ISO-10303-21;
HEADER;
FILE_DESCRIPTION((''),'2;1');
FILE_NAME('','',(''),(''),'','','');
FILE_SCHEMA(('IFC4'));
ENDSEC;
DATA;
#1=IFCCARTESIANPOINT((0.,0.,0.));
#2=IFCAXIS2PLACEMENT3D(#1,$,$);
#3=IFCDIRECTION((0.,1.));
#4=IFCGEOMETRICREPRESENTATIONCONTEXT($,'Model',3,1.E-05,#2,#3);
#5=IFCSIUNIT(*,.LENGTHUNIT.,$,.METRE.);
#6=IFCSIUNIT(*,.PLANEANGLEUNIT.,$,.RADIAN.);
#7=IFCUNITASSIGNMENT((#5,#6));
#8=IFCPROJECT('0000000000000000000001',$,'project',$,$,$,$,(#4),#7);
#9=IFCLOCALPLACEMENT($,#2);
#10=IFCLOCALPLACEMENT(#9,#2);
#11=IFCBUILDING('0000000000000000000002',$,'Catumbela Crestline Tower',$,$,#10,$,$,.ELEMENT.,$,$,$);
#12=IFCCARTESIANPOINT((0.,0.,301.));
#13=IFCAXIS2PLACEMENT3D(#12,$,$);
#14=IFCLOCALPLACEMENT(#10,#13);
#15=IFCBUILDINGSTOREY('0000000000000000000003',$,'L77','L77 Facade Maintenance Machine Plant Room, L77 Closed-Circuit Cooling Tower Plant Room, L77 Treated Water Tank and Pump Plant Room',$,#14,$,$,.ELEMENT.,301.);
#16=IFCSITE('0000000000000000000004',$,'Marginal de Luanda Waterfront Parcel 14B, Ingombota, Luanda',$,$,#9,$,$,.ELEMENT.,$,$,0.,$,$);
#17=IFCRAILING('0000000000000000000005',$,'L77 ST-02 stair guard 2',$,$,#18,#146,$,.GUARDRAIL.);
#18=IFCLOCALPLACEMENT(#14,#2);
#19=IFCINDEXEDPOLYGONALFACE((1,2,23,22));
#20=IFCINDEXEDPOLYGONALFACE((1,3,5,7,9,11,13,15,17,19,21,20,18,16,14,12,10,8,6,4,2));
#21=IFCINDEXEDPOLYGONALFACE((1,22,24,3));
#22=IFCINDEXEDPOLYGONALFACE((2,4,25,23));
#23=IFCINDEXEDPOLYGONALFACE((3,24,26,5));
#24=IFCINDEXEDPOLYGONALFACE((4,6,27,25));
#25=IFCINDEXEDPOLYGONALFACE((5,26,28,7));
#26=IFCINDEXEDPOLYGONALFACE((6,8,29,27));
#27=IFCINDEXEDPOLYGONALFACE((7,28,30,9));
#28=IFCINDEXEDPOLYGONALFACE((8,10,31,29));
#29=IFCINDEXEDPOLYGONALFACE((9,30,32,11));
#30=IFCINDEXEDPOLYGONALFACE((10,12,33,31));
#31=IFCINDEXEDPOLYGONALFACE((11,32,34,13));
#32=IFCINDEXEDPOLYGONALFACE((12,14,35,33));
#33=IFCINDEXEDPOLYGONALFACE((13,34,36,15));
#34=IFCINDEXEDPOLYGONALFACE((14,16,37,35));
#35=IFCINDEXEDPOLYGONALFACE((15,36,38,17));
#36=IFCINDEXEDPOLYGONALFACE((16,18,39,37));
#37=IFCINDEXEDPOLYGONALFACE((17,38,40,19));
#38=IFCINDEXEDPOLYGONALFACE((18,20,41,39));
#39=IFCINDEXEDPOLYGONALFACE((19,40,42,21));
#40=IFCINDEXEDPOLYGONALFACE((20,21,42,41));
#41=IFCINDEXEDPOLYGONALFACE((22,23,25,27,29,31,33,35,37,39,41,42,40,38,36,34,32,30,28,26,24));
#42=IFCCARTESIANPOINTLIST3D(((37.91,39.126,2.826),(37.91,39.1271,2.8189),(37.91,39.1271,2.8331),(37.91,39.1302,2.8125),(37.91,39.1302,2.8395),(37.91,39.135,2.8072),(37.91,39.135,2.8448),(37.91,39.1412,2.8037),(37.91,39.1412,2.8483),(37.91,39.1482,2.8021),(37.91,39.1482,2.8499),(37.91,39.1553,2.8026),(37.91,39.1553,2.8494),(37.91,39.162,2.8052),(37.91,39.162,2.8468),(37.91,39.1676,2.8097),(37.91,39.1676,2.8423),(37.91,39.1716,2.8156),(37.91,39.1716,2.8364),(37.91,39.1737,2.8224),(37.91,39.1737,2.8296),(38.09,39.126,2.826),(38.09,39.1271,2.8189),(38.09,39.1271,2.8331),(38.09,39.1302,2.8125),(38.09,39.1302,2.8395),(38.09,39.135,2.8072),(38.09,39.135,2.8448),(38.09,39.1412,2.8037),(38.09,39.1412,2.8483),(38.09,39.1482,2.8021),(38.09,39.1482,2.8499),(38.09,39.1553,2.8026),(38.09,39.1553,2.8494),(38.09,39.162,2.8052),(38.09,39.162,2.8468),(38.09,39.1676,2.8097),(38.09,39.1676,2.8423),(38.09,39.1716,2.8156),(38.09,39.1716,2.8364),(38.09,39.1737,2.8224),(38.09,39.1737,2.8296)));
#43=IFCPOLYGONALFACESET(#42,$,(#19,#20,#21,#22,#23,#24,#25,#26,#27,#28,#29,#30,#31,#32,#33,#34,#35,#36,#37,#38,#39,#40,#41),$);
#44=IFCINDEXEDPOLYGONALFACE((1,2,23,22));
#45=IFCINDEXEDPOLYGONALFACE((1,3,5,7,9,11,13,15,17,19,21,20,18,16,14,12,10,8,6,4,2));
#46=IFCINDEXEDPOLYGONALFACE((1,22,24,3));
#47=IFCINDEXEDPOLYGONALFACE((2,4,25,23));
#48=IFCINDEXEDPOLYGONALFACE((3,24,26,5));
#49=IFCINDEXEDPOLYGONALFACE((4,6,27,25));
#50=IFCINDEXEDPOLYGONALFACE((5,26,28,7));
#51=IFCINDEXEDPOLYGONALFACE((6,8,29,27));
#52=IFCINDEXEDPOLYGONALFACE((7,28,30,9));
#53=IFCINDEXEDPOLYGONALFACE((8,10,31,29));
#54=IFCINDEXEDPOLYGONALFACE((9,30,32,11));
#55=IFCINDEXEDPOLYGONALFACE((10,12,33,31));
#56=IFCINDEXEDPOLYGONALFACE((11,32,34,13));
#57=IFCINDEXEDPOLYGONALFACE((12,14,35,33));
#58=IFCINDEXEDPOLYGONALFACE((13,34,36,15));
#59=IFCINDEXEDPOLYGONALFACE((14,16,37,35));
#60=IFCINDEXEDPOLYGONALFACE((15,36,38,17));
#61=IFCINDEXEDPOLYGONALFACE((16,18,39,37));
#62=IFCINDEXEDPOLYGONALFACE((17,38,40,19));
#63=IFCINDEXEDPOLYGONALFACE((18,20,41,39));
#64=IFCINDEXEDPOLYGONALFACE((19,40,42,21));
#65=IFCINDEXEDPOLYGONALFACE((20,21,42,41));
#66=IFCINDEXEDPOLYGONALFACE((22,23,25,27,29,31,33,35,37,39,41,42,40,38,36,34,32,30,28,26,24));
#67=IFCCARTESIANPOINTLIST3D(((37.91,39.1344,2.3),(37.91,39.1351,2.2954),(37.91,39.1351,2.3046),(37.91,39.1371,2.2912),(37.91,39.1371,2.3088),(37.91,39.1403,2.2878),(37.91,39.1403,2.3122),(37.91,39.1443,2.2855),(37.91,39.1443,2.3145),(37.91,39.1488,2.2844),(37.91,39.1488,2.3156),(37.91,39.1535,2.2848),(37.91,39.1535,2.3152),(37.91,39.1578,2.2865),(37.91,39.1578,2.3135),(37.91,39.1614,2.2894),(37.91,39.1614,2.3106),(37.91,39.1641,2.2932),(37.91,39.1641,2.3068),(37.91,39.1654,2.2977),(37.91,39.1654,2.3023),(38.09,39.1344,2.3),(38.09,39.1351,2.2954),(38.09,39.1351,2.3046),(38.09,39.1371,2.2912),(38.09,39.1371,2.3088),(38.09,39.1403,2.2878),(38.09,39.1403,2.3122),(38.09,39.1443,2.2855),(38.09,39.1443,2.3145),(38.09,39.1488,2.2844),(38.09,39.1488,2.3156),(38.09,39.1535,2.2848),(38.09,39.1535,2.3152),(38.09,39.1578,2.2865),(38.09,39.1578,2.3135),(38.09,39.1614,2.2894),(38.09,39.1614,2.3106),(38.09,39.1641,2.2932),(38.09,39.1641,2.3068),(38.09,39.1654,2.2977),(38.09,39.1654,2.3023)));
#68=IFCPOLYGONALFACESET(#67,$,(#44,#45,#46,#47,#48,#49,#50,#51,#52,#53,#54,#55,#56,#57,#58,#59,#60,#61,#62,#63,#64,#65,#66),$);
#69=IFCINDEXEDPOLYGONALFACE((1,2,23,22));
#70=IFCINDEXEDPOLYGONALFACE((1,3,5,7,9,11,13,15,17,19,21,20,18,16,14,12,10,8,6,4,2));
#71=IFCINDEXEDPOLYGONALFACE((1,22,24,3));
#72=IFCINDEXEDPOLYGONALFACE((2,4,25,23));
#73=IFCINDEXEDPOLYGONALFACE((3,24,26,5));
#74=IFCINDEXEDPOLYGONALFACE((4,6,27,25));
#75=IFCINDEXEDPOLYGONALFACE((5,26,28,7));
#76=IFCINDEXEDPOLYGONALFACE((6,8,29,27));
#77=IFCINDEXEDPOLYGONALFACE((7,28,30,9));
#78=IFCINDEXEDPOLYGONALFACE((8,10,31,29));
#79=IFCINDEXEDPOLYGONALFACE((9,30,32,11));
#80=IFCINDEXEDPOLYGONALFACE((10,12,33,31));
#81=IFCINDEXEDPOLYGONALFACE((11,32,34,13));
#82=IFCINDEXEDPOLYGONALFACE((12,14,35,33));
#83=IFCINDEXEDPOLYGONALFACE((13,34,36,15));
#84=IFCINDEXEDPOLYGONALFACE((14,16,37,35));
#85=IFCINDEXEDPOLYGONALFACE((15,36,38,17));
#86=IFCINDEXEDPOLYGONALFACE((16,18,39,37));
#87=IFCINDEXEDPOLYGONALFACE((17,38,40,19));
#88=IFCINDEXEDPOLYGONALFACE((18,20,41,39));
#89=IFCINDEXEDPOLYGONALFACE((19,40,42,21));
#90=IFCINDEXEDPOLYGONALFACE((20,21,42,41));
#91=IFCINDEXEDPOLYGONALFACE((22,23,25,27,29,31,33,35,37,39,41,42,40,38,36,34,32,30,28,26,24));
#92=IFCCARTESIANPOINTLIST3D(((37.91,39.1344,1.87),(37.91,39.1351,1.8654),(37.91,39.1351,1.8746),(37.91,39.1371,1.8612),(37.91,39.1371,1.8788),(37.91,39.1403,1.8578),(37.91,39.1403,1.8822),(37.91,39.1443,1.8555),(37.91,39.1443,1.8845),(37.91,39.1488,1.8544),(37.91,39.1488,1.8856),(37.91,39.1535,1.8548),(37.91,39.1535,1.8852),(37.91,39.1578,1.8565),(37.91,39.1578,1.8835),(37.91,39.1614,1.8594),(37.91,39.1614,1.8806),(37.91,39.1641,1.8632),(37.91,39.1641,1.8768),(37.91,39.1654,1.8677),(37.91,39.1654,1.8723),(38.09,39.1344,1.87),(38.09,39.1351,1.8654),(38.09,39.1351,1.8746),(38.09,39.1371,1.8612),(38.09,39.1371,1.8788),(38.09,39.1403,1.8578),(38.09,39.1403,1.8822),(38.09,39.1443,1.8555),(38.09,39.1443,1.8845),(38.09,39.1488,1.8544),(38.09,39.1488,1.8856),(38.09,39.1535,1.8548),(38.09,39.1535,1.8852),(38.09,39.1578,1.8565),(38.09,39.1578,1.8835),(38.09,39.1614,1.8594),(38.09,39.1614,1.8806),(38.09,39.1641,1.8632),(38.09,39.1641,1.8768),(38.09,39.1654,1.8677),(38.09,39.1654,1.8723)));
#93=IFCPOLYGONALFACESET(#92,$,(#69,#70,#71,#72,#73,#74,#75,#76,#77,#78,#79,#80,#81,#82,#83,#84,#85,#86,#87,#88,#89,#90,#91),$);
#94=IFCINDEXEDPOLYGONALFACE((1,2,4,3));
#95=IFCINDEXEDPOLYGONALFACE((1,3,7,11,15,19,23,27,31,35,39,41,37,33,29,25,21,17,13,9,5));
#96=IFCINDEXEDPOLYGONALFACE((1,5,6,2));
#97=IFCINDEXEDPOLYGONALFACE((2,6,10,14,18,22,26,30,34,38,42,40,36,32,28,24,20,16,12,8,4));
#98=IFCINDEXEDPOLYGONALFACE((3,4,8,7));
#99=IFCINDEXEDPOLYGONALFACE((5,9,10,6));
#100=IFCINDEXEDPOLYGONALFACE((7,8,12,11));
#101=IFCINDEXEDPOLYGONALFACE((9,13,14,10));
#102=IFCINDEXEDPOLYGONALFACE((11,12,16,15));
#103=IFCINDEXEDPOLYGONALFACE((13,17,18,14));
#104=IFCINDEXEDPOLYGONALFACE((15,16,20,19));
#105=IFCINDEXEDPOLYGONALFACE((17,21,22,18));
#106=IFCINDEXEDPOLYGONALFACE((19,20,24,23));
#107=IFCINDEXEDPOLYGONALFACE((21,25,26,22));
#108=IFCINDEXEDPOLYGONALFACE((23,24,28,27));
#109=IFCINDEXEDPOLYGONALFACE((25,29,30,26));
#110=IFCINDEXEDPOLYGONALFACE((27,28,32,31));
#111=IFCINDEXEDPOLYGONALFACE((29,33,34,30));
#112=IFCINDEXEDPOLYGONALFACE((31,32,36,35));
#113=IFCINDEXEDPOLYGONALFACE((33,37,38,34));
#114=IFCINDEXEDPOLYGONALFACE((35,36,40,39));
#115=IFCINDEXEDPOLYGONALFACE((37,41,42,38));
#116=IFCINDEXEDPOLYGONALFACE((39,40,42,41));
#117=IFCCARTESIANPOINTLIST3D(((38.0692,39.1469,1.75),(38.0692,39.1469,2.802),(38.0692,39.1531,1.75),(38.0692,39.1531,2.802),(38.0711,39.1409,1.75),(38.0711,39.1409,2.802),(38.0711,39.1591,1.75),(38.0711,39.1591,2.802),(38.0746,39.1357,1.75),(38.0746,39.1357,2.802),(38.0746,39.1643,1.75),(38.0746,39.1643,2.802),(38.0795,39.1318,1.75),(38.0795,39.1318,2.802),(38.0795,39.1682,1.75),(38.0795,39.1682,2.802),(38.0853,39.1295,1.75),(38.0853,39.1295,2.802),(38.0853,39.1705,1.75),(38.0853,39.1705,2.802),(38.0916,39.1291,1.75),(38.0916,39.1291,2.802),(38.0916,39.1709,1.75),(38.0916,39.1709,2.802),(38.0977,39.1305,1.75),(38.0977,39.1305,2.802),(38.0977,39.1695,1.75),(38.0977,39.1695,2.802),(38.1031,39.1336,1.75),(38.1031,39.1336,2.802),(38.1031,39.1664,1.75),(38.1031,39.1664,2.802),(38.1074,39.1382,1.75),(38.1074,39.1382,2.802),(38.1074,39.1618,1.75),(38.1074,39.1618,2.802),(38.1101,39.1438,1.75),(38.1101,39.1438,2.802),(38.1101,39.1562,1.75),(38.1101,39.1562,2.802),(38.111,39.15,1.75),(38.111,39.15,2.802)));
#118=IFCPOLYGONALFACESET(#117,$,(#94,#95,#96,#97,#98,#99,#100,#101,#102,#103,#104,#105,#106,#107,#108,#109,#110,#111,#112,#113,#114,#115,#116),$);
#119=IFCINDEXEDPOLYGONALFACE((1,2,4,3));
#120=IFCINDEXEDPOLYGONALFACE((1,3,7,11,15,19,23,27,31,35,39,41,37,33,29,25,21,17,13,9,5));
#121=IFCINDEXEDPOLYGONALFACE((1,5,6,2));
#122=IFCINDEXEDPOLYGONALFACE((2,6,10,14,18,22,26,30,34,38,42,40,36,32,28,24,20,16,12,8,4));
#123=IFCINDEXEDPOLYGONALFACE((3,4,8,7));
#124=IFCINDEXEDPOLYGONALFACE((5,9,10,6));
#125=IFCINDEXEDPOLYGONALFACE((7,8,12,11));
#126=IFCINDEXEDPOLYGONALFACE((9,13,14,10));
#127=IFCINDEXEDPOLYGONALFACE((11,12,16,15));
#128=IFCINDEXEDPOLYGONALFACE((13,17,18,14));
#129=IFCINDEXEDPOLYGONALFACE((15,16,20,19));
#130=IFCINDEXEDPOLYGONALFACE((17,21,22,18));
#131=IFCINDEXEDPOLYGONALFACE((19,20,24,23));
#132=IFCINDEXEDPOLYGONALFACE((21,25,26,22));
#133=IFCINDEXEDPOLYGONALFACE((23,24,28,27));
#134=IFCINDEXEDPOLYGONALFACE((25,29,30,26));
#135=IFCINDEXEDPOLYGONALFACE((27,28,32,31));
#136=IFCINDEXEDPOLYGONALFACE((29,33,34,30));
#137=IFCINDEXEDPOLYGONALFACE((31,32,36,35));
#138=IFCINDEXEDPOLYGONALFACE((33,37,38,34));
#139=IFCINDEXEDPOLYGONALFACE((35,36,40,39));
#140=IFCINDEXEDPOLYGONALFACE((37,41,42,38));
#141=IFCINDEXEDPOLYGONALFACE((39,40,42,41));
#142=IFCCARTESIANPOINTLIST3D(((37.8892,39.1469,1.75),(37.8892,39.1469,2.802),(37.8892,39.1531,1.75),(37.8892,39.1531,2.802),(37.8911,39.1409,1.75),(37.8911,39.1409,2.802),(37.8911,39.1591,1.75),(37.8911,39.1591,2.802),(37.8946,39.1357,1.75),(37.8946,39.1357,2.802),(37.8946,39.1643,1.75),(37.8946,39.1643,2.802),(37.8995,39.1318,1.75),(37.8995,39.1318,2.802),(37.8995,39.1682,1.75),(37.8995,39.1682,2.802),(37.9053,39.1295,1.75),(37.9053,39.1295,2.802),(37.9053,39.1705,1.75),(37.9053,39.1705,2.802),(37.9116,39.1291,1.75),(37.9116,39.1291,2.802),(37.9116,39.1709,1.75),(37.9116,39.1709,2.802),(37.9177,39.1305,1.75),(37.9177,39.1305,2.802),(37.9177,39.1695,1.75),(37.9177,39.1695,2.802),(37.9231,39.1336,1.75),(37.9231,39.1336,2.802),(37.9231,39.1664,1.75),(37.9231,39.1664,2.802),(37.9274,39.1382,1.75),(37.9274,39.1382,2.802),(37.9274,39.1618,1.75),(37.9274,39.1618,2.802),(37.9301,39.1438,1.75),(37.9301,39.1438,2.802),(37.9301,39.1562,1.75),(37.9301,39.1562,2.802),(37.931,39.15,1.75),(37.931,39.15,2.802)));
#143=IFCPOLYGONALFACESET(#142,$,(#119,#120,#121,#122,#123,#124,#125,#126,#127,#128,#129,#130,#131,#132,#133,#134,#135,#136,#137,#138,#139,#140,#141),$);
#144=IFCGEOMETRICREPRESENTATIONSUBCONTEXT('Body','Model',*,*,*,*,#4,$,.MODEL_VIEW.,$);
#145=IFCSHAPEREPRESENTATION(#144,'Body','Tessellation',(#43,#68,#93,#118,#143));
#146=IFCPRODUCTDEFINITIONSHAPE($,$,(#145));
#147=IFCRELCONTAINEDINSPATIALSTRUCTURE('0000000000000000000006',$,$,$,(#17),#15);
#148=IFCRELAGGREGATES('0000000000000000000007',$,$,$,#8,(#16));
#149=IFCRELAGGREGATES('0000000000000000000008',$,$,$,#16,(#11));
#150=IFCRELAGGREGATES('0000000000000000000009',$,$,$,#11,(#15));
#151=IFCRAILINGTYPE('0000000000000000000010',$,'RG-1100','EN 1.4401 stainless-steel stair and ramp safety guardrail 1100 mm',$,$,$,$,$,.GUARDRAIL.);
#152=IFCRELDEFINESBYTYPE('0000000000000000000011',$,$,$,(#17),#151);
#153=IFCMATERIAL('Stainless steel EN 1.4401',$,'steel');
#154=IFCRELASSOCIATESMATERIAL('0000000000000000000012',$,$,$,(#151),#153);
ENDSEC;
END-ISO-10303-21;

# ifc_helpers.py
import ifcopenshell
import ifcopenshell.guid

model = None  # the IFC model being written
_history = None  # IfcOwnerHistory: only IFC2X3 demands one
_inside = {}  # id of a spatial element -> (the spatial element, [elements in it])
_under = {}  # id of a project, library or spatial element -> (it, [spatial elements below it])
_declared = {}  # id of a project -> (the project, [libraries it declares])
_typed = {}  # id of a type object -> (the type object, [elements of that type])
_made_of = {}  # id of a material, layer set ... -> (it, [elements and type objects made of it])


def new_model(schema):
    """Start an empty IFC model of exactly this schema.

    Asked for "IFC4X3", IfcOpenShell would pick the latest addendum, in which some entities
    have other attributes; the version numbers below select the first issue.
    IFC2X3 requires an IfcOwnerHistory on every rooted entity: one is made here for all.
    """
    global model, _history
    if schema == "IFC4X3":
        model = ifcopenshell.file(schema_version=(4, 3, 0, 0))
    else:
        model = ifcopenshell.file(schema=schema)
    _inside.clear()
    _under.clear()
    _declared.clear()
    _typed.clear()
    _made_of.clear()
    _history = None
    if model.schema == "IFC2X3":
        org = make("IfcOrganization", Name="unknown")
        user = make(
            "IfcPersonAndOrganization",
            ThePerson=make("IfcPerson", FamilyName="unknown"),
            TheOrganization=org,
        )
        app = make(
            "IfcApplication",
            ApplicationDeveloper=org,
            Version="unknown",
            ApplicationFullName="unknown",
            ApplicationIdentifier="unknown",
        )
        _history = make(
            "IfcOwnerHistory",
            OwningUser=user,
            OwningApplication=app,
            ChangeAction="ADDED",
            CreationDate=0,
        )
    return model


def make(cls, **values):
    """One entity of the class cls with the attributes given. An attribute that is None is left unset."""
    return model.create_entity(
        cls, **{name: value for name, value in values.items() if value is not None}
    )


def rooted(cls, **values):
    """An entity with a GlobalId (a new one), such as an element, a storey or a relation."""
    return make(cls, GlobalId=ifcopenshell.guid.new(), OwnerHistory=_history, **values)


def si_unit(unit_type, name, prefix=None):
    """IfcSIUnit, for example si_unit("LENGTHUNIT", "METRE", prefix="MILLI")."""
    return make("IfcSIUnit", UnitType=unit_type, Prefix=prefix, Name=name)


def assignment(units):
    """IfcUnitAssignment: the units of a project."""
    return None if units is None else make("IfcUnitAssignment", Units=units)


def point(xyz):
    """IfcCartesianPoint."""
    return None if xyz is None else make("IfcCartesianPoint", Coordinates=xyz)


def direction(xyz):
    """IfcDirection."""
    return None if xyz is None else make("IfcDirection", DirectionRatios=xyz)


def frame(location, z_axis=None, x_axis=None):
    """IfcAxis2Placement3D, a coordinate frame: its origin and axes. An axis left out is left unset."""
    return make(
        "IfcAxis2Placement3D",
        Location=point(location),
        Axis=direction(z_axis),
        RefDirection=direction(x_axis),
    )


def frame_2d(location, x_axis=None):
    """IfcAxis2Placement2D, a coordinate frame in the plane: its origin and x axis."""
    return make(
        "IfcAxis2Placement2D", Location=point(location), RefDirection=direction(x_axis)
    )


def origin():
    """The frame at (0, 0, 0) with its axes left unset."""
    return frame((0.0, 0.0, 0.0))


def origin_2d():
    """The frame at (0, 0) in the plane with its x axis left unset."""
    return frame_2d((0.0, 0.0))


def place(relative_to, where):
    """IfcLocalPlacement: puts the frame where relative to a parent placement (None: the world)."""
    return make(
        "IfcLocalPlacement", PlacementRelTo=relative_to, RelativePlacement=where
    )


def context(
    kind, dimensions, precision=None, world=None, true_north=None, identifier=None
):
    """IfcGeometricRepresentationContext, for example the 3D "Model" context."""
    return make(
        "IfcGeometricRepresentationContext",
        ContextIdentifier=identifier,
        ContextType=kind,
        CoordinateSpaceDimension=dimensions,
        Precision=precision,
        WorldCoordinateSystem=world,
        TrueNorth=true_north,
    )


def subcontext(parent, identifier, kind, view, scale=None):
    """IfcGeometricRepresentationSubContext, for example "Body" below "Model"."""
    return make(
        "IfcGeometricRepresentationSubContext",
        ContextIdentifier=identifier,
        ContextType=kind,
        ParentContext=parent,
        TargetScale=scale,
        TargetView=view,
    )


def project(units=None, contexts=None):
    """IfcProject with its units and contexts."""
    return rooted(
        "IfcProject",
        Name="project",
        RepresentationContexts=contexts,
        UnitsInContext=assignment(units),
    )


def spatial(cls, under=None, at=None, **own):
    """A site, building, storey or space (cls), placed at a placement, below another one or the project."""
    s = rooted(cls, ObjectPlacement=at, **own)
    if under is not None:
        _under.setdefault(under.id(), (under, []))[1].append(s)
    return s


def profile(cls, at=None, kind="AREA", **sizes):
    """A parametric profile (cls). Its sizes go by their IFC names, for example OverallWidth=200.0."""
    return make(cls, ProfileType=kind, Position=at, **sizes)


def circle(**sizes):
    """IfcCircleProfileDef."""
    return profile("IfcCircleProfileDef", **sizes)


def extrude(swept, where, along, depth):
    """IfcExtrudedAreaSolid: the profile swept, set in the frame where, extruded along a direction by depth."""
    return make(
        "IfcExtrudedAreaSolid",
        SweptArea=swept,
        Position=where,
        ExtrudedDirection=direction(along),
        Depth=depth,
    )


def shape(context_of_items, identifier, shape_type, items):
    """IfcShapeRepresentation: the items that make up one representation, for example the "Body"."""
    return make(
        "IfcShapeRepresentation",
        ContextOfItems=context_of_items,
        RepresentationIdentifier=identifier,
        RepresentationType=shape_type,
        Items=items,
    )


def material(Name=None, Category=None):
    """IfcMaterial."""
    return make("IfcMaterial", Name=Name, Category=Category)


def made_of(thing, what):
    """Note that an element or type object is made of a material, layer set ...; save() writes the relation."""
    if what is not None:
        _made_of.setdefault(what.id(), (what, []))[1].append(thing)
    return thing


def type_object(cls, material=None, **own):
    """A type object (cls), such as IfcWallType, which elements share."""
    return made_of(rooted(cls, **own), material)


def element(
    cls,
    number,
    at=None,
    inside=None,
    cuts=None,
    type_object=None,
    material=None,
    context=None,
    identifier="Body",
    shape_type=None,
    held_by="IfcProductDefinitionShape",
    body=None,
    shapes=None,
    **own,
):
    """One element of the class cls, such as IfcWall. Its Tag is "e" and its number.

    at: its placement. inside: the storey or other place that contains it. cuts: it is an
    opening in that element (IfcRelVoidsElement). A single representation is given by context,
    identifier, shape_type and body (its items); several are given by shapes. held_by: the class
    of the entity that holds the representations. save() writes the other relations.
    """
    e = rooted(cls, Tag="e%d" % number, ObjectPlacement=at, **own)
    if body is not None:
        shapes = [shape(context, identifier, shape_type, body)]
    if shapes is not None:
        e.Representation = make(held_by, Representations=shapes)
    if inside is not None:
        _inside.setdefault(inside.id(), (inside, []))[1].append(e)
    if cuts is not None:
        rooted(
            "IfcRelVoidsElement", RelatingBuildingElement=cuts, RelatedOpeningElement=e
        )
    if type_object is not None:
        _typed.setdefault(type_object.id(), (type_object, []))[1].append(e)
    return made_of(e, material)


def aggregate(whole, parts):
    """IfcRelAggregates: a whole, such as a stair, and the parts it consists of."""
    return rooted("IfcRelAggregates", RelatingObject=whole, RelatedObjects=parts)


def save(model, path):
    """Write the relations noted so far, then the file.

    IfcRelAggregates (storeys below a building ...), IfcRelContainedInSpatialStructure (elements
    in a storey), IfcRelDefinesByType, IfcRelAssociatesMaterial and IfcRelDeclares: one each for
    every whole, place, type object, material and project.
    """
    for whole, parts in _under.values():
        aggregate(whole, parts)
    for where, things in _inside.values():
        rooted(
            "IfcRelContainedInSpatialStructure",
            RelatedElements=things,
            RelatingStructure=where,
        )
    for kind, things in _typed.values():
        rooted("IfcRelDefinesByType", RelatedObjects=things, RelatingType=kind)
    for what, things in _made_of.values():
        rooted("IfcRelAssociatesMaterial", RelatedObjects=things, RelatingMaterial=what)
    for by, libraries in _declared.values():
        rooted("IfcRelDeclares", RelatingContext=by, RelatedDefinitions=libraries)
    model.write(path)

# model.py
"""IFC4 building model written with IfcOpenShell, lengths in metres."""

from ifc_helpers import new_model, si_unit, direction, frame, origin, origin_2d, place, context, subcontext, project, spatial, circle, extrude, material, type_object, element, save


model = new_model("IFC4")

# Units and contexts
model_context = context("Model", 3, precision=1e-05, world=origin(), true_north=direction((0.0, 1.0)))
body_context = subcontext(model_context, "Body", "Model", "MODEL_VIEW")
ifc_project = project(units=[si_unit("LENGTHUNIT", "METRE"), si_unit("PLANEANGLEUNIT", "RADIAN")], contexts=[model_context])

# Site, building, storey
site_placement = place(None, origin())
site = spatial("IfcSite", under=ifc_project, at=site_placement, Name="Marginal de Luanda Waterfront Parcel 14B, Ingombota, Luanda", CompositionType="ELEMENT", RefElevation=0.0)
building_placement = place(site_placement, origin())
building = spatial("IfcBuilding", under=site, at=building_placement, Name="Catumbela Crestline Tower", CompositionType="ELEMENT")
storey_placement = place(building_placement, frame((0.0, 0.0, 301.0)))
storey = spatial("IfcBuildingStorey", under=building, at=storey_placement, Name="L77", Description="L77 Facade Maintenance Machine Plant Room, L77 Closed-Circuit Cooling Tower Plant Room, L77 Treated Water Tank and Pump Plant Room", CompositionType="ELEMENT", Elevation=301.0)

# Railing
ifc_material_1 = material(Name="Stainless steel EN 1.4401", Category="steel")
railing_type_1 = type_object("IfcRailingType", Name="RG-1100", Description="EN 1.4401 stainless-steel stair and ramp safety guardrail 1100 mm", PredefinedType="GUARDRAIL", material=ifc_material_1)
railing_1_placement = place(storey_placement, frame((38.09, 39.15, 1.75)))
element("IfcRailing", 1, at=railing_1_placement, inside=storey, type_object=railing_type_1, Name="L77 ST-02 stair guard 2", PredefinedType="GUARDRAIL", context=body_context, shape_type="SweptSolid", body=[
    extrude(circle(Radius=0.024, at=origin_2d()), frame((0.0, 0.0, 1.076), z_axis=(-1.0, 0.0, 0.0), x_axis=(0.0, -1.0, 0.0)), (0.0, 0.0, 1.0), 0.18),
    extrude(circle(Radius=0.0156, at=origin_2d()), frame((0.0, 0.0, 0.55), z_axis=(-1.0, 0.0, 0.0), x_axis=(0.0, -1.0, 0.0)), (0.0, 0.0, 1.0), 0.18),
    extrude(circle(Radius=0.0156, at=origin_2d()), frame((0.0, 0.0, 0.12), z_axis=(-1.0, 0.0, 0.0), x_axis=(0.0, -1.0, 0.0)), (0.0, 0.0, 1.0), 0.18),
    extrude(circle(Radius=0.021, at=origin_2d()), origin(), (0.0, 0.0, 1.0), 1.052),
    extrude(circle(Radius=0.021, at=origin_2d()), frame((-0.18, 0.0, 0.0)), (0.0, 0.0, 1.0), 1.052),
])

save(model, "model.ifc")
